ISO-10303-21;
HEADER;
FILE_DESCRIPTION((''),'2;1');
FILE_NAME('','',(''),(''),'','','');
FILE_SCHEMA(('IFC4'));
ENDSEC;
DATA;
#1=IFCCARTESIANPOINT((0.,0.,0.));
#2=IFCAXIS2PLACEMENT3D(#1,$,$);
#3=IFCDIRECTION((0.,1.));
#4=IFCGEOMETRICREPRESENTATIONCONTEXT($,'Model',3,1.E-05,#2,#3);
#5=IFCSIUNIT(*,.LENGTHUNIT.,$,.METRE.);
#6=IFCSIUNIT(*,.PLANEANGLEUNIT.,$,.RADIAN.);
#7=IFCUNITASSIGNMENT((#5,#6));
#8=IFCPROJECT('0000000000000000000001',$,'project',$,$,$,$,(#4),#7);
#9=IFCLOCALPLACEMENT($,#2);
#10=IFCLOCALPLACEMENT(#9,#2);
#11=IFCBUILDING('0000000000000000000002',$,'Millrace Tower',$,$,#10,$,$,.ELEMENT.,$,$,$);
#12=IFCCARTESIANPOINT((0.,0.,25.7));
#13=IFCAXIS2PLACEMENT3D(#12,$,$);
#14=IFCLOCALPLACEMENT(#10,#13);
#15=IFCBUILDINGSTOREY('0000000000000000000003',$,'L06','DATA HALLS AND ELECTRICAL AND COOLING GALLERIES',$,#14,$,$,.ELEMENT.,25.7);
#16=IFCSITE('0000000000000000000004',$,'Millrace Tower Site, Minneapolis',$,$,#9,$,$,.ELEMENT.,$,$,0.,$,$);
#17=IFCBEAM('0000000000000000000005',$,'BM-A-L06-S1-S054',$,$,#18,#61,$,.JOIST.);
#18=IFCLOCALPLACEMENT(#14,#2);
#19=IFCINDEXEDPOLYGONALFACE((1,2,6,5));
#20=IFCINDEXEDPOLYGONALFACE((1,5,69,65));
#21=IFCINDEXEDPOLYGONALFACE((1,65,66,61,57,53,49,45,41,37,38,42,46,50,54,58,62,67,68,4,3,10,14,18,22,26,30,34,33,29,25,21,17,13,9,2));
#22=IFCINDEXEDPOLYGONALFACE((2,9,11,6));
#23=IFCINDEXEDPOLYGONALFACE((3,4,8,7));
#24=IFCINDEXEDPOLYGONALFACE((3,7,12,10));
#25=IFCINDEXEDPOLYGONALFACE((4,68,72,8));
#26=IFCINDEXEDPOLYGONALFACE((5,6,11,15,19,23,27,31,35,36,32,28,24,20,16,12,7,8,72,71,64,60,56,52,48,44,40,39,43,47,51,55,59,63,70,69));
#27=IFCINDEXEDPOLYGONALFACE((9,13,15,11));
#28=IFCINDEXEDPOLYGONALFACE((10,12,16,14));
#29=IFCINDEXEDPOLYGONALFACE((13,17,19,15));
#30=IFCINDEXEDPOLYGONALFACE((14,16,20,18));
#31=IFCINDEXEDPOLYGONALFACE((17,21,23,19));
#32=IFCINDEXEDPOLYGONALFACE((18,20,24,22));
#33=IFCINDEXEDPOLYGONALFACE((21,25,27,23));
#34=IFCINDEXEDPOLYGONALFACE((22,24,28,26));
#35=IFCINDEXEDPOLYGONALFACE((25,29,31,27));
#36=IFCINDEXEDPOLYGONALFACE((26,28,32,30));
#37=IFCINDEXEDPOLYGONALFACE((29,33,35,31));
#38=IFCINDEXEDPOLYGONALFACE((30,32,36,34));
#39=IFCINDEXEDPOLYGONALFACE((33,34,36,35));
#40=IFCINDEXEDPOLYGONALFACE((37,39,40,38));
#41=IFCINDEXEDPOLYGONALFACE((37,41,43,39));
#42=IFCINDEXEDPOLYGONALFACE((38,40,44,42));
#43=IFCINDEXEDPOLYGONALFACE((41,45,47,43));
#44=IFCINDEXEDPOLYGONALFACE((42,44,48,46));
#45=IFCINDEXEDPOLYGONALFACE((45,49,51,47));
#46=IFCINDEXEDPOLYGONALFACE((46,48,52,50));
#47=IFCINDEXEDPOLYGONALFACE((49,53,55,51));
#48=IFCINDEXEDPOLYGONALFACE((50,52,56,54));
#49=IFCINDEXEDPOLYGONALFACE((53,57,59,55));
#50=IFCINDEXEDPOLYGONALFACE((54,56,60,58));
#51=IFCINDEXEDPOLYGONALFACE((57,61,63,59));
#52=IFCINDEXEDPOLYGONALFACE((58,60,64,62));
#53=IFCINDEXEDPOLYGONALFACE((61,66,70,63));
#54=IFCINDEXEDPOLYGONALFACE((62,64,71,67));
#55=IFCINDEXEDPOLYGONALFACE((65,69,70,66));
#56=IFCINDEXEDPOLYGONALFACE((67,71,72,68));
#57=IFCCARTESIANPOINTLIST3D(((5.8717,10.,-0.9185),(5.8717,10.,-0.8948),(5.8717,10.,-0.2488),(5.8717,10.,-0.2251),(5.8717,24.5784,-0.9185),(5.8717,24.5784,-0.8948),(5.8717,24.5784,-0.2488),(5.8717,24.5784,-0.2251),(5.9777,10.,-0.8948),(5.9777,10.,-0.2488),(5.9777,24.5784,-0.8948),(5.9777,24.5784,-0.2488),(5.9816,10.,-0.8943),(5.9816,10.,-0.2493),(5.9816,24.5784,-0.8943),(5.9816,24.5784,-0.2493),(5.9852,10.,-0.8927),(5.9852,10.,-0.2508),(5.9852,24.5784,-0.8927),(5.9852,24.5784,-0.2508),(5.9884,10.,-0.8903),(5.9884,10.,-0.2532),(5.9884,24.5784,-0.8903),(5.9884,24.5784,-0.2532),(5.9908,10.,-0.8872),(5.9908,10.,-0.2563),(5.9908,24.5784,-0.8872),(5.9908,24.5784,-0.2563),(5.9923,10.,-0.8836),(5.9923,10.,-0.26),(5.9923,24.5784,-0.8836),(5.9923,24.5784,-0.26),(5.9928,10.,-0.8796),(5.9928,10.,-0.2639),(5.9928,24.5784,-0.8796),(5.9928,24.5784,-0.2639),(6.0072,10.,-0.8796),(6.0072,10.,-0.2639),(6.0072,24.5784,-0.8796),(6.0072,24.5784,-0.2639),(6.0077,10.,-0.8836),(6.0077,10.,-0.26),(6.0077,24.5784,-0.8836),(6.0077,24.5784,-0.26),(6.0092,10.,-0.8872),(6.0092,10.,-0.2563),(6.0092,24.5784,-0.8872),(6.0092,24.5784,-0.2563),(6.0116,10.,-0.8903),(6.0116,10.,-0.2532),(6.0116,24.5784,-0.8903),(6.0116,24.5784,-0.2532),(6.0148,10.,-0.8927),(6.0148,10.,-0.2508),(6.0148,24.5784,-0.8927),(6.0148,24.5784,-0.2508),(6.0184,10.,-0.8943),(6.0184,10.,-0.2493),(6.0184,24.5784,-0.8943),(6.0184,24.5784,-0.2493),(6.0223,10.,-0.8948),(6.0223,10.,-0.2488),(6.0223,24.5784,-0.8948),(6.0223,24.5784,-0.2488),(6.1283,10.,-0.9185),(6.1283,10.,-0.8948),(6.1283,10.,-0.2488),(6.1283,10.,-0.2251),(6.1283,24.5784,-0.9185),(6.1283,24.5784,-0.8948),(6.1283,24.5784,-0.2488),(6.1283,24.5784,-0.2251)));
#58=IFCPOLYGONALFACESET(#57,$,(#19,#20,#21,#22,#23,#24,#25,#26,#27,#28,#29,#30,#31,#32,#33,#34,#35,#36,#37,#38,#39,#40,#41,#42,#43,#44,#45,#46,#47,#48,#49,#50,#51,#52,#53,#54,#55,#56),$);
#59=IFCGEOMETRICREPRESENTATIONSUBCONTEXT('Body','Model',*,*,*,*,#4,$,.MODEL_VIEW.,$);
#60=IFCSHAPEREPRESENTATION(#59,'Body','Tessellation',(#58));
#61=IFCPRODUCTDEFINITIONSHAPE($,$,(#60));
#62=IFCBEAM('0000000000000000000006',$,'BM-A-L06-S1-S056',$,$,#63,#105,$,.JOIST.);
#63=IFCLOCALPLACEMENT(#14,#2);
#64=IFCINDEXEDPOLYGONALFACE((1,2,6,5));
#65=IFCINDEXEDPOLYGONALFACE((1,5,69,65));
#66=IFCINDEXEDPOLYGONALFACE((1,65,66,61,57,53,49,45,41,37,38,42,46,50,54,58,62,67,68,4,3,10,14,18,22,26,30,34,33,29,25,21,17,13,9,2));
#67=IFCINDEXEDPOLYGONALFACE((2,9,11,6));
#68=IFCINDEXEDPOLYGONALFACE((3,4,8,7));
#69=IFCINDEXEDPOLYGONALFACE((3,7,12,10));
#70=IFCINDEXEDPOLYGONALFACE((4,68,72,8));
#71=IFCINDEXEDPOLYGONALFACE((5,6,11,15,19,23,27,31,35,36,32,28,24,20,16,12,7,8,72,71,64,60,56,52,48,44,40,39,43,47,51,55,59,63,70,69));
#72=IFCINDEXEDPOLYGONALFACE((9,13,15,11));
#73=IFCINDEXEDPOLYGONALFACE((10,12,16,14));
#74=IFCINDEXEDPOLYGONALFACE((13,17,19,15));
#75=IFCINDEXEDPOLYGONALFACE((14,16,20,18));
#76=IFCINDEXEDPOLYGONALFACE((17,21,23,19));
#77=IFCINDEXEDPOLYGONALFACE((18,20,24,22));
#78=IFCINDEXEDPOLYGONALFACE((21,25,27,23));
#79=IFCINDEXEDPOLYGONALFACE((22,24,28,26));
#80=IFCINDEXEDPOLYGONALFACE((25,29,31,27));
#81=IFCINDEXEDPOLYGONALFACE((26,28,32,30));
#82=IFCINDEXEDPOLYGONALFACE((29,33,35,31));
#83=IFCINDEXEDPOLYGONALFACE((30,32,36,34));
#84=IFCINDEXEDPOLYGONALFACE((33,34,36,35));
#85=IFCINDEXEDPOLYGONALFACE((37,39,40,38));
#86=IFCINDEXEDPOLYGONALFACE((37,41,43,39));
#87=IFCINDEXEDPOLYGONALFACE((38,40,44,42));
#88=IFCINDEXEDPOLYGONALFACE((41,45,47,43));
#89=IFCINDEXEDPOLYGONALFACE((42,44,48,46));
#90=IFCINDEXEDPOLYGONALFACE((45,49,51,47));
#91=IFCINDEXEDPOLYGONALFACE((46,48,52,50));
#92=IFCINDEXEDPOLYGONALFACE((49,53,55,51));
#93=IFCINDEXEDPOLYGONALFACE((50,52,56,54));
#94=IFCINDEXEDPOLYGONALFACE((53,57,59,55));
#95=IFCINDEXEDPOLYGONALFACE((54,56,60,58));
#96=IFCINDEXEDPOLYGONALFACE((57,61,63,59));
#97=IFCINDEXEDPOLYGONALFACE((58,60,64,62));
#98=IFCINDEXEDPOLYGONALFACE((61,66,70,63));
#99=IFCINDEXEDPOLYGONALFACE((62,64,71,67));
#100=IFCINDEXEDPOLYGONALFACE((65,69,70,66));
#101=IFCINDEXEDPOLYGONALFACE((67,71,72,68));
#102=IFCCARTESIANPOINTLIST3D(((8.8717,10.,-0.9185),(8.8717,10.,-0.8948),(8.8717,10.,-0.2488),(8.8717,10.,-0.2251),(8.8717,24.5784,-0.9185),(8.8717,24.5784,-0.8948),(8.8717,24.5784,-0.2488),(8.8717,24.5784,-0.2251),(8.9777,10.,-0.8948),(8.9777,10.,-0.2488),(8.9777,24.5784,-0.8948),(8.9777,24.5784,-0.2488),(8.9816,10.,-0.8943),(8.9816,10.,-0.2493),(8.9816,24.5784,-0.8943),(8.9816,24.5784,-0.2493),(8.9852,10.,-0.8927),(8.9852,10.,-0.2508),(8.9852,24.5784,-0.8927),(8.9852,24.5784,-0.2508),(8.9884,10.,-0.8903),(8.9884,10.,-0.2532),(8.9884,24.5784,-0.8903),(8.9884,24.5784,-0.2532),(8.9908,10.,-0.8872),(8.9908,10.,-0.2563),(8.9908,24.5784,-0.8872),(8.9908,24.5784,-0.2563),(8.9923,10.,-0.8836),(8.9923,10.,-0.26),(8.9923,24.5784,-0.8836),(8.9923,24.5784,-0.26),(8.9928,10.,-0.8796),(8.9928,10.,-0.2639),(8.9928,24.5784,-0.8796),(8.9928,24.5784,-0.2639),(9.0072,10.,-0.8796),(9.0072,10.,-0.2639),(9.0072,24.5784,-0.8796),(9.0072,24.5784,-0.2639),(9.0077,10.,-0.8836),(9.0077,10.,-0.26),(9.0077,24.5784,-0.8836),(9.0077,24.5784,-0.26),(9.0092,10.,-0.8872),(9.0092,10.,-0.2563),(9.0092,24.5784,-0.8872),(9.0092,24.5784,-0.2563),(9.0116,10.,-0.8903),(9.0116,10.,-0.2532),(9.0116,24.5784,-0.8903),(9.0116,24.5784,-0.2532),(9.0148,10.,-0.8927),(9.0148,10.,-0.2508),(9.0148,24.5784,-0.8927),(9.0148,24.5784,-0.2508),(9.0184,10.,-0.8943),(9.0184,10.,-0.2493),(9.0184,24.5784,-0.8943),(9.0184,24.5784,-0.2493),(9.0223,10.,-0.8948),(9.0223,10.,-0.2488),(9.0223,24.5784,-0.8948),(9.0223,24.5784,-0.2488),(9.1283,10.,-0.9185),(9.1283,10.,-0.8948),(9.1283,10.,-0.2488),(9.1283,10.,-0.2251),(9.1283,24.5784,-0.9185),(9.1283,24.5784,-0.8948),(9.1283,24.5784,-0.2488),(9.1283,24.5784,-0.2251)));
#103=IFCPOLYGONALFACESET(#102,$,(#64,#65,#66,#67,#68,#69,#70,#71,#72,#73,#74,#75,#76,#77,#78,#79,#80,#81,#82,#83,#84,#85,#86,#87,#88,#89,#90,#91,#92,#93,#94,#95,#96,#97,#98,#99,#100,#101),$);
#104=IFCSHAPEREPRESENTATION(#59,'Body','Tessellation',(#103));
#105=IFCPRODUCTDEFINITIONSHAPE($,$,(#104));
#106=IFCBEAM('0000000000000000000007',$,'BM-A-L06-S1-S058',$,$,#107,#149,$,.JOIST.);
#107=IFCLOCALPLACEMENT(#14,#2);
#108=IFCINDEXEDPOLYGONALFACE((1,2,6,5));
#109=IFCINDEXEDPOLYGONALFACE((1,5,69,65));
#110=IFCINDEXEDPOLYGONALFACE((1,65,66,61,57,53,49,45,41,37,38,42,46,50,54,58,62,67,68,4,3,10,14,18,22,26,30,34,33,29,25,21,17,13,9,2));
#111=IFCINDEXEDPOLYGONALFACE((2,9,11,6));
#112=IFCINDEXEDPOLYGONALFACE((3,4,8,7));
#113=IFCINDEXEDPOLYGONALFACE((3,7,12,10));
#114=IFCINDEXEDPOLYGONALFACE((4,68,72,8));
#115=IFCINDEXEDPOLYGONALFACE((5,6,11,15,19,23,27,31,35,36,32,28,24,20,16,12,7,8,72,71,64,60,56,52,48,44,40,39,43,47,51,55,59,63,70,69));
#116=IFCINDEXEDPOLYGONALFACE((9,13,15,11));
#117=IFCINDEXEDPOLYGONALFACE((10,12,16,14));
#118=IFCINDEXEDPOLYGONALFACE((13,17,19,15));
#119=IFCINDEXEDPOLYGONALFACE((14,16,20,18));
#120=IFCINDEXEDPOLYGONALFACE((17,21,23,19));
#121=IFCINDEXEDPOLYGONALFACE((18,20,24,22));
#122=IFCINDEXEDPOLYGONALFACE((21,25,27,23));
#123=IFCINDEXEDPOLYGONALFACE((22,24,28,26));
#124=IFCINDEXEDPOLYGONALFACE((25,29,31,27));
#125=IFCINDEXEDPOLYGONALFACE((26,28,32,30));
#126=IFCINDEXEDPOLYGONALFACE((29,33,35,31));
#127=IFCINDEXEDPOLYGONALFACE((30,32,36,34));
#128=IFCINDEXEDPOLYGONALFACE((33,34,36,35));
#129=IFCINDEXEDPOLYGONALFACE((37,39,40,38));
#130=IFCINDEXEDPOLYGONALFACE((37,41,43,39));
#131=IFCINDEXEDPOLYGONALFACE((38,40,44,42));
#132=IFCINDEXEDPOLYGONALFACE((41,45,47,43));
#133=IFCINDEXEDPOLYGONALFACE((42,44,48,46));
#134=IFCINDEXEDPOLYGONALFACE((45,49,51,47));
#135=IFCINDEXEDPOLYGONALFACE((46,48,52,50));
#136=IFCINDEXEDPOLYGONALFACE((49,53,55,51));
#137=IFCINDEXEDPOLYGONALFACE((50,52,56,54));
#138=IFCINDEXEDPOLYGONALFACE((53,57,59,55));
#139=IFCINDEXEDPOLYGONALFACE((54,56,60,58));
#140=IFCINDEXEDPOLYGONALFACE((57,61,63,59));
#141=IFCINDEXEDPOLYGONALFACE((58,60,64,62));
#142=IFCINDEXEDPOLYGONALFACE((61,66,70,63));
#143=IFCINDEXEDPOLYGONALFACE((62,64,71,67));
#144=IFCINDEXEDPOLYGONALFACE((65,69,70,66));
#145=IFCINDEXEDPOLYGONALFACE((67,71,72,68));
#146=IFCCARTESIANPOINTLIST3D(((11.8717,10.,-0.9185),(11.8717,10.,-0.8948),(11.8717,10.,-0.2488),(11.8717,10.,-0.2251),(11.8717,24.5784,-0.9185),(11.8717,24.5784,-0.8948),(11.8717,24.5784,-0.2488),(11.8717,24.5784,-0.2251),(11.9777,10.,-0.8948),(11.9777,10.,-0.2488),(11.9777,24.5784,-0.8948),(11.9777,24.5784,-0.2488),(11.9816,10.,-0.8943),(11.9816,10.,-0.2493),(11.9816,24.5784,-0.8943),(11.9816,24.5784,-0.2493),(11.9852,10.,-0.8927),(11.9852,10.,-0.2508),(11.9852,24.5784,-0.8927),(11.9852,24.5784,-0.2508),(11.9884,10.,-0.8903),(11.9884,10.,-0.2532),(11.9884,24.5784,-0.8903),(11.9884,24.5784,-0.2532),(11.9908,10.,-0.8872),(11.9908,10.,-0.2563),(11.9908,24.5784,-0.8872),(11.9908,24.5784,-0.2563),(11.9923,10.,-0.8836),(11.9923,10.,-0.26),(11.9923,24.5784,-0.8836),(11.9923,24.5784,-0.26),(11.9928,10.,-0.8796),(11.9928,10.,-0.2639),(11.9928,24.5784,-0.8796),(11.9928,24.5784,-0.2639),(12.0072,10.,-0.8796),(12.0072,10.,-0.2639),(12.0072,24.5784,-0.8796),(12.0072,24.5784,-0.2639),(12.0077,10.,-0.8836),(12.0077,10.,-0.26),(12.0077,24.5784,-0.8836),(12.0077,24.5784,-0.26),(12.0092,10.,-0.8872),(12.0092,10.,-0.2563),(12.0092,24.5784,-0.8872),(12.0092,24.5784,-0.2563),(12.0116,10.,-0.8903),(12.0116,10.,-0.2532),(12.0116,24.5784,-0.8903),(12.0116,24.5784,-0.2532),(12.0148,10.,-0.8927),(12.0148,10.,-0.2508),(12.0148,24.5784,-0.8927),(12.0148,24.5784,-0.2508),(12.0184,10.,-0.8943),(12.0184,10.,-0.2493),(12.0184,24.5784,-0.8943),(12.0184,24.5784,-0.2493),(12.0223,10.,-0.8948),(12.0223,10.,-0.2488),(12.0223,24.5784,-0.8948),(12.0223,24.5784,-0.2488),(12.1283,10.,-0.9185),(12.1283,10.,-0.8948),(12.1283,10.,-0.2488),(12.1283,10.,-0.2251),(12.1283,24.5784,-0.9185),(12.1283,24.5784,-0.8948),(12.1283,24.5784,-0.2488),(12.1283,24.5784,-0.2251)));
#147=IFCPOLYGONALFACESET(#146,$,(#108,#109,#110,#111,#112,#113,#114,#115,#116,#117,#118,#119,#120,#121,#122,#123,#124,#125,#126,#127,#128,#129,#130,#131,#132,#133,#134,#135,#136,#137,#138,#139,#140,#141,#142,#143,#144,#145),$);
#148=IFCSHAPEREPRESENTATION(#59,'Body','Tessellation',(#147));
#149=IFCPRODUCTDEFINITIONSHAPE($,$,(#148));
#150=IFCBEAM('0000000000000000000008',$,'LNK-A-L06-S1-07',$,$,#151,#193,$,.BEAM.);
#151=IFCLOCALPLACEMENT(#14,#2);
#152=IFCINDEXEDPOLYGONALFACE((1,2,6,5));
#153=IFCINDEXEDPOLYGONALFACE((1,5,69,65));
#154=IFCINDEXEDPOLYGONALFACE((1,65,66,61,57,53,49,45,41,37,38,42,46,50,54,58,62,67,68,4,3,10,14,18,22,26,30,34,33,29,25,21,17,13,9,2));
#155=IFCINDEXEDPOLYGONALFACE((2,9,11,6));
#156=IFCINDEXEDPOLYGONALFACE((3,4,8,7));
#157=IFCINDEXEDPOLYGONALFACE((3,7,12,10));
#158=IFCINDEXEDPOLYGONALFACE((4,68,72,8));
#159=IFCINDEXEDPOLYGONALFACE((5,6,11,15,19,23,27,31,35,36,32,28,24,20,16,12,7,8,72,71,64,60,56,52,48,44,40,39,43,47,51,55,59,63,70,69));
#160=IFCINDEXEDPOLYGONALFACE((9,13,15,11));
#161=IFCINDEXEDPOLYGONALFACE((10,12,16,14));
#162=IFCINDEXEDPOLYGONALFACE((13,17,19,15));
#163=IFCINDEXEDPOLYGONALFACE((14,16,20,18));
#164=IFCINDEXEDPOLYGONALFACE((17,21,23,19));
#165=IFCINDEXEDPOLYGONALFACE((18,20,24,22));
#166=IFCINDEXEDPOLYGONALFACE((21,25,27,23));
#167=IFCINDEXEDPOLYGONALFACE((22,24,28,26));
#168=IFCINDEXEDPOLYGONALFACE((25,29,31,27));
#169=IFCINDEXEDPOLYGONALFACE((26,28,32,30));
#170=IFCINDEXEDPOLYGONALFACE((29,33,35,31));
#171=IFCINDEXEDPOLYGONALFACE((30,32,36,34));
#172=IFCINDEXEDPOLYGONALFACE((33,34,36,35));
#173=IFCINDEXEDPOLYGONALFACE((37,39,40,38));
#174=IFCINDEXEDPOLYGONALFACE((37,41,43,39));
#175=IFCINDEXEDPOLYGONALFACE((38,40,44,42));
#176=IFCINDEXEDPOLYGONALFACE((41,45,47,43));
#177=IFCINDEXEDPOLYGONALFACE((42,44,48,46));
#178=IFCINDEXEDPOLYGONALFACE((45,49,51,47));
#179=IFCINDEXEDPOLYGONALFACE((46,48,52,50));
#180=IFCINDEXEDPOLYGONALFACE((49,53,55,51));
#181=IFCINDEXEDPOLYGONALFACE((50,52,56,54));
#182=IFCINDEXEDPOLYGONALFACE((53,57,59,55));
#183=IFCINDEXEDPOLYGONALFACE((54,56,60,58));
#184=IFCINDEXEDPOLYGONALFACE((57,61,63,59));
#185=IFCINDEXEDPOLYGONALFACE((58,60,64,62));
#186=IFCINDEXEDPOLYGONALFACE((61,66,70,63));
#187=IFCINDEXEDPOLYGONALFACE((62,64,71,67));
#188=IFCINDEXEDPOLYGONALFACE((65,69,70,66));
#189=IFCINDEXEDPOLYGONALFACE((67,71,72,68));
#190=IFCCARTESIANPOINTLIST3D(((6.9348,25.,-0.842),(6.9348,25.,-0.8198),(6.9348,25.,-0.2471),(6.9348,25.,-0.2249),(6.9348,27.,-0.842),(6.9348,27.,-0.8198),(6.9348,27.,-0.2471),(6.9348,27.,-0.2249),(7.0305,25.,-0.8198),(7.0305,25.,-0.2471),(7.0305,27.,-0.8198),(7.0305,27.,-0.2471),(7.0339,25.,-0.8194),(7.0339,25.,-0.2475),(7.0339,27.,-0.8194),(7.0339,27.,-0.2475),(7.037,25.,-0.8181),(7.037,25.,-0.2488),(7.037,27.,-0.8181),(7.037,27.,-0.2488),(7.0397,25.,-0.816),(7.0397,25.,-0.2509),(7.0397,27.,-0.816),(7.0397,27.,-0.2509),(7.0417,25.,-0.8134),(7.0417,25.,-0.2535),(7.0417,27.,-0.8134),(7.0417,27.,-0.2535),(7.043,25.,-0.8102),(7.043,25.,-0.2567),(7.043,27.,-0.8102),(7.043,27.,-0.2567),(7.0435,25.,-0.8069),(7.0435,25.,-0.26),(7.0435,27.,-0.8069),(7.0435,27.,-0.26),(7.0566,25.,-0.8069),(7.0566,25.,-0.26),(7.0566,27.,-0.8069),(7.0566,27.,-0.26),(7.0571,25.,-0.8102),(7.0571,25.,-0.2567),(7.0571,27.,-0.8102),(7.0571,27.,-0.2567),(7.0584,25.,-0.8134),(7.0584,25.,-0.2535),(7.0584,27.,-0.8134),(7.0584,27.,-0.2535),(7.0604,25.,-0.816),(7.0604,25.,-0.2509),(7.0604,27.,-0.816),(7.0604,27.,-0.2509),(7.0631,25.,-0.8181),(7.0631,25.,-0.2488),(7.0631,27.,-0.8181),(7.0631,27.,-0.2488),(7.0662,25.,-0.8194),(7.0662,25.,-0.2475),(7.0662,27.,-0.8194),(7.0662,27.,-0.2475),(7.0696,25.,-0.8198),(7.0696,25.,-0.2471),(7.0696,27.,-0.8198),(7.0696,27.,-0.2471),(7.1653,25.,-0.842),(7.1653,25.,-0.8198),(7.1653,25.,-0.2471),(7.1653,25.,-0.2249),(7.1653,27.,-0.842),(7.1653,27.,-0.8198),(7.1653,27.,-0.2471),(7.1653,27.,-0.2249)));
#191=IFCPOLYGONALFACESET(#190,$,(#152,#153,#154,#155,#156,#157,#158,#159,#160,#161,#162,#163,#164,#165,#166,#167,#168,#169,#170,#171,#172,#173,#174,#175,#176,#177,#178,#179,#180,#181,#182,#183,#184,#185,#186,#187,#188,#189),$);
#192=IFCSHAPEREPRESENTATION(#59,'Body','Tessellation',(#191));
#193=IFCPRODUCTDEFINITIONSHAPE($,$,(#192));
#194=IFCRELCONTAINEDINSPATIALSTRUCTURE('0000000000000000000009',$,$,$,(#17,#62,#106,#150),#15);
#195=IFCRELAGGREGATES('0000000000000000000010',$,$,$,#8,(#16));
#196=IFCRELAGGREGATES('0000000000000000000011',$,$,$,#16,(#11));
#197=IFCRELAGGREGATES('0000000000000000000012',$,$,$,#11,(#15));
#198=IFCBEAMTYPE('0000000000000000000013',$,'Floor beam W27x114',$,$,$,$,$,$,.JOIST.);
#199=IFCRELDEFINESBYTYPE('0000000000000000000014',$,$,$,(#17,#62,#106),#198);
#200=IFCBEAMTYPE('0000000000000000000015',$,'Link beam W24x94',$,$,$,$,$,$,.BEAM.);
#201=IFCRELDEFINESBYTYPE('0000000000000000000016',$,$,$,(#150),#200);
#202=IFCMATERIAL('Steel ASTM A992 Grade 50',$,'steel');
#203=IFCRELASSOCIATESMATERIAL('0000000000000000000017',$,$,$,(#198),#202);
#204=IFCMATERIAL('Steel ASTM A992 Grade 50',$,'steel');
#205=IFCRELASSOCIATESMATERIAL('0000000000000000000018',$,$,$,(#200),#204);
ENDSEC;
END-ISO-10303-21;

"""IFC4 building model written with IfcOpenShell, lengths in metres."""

from ifc_helpers import new_model, si_unit, direction, frame, origin, origin_2d, place, context, subcontext, project, spatial, i_section, extrude, material, material_profile, profile_set, type_object, element, save


model = new_model("IFC4")

# Units and contexts
model_context = context("Model", 3, precision=1e-05, world=origin(), true_north=direction((0.0, 1.0)))
body_context = subcontext(model_context, "Body", "Model", "MODEL_VIEW")
ifc_project = project(units=[si_unit("LENGTHUNIT", "METRE"), si_unit("PLANEANGLEUNIT", "RADIAN")], contexts=[model_context])

# Site, building, storey
site_placement = place(None, origin())
site = spatial("IfcSite", under=ifc_project, at=site_placement, Name="Millrace Tower Site, Minneapolis", CompositionType="ELEMENT", RefElevation=0.0)
building_placement = place(site_placement, origin())
building = spatial("IfcBuilding", under=site, at=building_placement, Name="Millrace Tower", CompositionType="ELEMENT")
storey_placement = place(building_placement, frame((0.0, 0.0, 25.7)))
storey = spatial("IfcBuildingStorey", under=building, at=storey_placement, Name="L06", Description="DATA HALLS AND ELECTRICAL AND COOLING GALLERIES", CompositionType="ELEMENT", Elevation=25.7)

# Beams
ifc_material_1 = material(Name="Steel ASTM A992 Grade 50", Category="steel")
ifc_material_profile_1 = material_profile(ifc_material_1, i_section(OverallWidth=0.2566, OverallDepth=0.6934, WebThickness=0.0144, FlangeThickness=0.0237, FilletRadius=0.0151, at=origin_2d()))
ifc_profile_set_1 = profile_set([ifc_material_profile_1], Name="Steel ASTM A992 Grade 50")
beam_type_1 = type_object("IfcBeamType", Name="Floor beam W27x114", PredefinedType="JOIST", material=ifc_profile_set_1)
for number, where, z_axis, x_axis, name in (
    (1, (6.0, 10.0, -0.5718), (0.0, 1.0, 0.0), (-1.0, 0.0, 0.0), "BM-A-L06-S1-S054"),
    (2, (9.0, 10.0, -0.5718), (0.0, 1.0, 0.0), (-1.0, 0.0, 0.0), "BM-A-L06-S1-S056"),
    (3, (12.0, 10.0, -0.5718), (0.0, 1.0, 0.0), (-1.0, 0.0, 0.0), "BM-A-L06-S1-S058"),
):
    element("IfcBeam", number, at=place(storey_placement, frame(where, z_axis=z_axis, x_axis=x_axis)), inside=storey, type_object=beam_type_1, Name=name, PredefinedType="JOIST", context=body_context, shape_type="SweptSolid", body=[
        extrude(i_section(OverallWidth=0.2566, OverallDepth=0.6934, WebThickness=0.0144, FlangeThickness=0.0237, FilletRadius=0.0151, at=origin_2d()), origin(), (0.0, 0.0, 1.0), 14.5784),
    ])
ifc_material_2 = material(Name="Steel ASTM A992 Grade 50", Category="steel")
ifc_material_profile_2 = material_profile(ifc_material_2, i_section(OverallWidth=0.2305, OverallDepth=0.6172, WebThickness=0.0132, FlangeThickness=0.0222, FilletRadius=0.0129, at=origin_2d()))
ifc_profile_set_2 = profile_set([ifc_material_profile_2], Name="Steel ASTM A992 Grade 50")
beam_type_2 = type_object("IfcBeamType", Name="Link beam W24x94", PredefinedType="BEAM", material=ifc_profile_set_2)
beam_1_placement = place(storey_placement, frame((7.05, 25.0, -0.5334), z_axis=(0.0, 1.0, 0.0), x_axis=(-1.0, 0.0, 0.0)))
element("IfcBeam", 4, at=beam_1_placement, inside=storey, type_object=beam_type_2, Name="LNK-A-L06-S1-07", PredefinedType="BEAM", context=body_context, shape_type="SweptSolid", body=[
    extrude(i_section(OverallWidth=0.2305, OverallDepth=0.6172, WebThickness=0.0132, FlangeThickness=0.0222, FilletRadius=0.0129, at=origin_2d()), origin(), (0.0, 0.0, 1.0), 2.0),
])

save(model, "model.ifc")
